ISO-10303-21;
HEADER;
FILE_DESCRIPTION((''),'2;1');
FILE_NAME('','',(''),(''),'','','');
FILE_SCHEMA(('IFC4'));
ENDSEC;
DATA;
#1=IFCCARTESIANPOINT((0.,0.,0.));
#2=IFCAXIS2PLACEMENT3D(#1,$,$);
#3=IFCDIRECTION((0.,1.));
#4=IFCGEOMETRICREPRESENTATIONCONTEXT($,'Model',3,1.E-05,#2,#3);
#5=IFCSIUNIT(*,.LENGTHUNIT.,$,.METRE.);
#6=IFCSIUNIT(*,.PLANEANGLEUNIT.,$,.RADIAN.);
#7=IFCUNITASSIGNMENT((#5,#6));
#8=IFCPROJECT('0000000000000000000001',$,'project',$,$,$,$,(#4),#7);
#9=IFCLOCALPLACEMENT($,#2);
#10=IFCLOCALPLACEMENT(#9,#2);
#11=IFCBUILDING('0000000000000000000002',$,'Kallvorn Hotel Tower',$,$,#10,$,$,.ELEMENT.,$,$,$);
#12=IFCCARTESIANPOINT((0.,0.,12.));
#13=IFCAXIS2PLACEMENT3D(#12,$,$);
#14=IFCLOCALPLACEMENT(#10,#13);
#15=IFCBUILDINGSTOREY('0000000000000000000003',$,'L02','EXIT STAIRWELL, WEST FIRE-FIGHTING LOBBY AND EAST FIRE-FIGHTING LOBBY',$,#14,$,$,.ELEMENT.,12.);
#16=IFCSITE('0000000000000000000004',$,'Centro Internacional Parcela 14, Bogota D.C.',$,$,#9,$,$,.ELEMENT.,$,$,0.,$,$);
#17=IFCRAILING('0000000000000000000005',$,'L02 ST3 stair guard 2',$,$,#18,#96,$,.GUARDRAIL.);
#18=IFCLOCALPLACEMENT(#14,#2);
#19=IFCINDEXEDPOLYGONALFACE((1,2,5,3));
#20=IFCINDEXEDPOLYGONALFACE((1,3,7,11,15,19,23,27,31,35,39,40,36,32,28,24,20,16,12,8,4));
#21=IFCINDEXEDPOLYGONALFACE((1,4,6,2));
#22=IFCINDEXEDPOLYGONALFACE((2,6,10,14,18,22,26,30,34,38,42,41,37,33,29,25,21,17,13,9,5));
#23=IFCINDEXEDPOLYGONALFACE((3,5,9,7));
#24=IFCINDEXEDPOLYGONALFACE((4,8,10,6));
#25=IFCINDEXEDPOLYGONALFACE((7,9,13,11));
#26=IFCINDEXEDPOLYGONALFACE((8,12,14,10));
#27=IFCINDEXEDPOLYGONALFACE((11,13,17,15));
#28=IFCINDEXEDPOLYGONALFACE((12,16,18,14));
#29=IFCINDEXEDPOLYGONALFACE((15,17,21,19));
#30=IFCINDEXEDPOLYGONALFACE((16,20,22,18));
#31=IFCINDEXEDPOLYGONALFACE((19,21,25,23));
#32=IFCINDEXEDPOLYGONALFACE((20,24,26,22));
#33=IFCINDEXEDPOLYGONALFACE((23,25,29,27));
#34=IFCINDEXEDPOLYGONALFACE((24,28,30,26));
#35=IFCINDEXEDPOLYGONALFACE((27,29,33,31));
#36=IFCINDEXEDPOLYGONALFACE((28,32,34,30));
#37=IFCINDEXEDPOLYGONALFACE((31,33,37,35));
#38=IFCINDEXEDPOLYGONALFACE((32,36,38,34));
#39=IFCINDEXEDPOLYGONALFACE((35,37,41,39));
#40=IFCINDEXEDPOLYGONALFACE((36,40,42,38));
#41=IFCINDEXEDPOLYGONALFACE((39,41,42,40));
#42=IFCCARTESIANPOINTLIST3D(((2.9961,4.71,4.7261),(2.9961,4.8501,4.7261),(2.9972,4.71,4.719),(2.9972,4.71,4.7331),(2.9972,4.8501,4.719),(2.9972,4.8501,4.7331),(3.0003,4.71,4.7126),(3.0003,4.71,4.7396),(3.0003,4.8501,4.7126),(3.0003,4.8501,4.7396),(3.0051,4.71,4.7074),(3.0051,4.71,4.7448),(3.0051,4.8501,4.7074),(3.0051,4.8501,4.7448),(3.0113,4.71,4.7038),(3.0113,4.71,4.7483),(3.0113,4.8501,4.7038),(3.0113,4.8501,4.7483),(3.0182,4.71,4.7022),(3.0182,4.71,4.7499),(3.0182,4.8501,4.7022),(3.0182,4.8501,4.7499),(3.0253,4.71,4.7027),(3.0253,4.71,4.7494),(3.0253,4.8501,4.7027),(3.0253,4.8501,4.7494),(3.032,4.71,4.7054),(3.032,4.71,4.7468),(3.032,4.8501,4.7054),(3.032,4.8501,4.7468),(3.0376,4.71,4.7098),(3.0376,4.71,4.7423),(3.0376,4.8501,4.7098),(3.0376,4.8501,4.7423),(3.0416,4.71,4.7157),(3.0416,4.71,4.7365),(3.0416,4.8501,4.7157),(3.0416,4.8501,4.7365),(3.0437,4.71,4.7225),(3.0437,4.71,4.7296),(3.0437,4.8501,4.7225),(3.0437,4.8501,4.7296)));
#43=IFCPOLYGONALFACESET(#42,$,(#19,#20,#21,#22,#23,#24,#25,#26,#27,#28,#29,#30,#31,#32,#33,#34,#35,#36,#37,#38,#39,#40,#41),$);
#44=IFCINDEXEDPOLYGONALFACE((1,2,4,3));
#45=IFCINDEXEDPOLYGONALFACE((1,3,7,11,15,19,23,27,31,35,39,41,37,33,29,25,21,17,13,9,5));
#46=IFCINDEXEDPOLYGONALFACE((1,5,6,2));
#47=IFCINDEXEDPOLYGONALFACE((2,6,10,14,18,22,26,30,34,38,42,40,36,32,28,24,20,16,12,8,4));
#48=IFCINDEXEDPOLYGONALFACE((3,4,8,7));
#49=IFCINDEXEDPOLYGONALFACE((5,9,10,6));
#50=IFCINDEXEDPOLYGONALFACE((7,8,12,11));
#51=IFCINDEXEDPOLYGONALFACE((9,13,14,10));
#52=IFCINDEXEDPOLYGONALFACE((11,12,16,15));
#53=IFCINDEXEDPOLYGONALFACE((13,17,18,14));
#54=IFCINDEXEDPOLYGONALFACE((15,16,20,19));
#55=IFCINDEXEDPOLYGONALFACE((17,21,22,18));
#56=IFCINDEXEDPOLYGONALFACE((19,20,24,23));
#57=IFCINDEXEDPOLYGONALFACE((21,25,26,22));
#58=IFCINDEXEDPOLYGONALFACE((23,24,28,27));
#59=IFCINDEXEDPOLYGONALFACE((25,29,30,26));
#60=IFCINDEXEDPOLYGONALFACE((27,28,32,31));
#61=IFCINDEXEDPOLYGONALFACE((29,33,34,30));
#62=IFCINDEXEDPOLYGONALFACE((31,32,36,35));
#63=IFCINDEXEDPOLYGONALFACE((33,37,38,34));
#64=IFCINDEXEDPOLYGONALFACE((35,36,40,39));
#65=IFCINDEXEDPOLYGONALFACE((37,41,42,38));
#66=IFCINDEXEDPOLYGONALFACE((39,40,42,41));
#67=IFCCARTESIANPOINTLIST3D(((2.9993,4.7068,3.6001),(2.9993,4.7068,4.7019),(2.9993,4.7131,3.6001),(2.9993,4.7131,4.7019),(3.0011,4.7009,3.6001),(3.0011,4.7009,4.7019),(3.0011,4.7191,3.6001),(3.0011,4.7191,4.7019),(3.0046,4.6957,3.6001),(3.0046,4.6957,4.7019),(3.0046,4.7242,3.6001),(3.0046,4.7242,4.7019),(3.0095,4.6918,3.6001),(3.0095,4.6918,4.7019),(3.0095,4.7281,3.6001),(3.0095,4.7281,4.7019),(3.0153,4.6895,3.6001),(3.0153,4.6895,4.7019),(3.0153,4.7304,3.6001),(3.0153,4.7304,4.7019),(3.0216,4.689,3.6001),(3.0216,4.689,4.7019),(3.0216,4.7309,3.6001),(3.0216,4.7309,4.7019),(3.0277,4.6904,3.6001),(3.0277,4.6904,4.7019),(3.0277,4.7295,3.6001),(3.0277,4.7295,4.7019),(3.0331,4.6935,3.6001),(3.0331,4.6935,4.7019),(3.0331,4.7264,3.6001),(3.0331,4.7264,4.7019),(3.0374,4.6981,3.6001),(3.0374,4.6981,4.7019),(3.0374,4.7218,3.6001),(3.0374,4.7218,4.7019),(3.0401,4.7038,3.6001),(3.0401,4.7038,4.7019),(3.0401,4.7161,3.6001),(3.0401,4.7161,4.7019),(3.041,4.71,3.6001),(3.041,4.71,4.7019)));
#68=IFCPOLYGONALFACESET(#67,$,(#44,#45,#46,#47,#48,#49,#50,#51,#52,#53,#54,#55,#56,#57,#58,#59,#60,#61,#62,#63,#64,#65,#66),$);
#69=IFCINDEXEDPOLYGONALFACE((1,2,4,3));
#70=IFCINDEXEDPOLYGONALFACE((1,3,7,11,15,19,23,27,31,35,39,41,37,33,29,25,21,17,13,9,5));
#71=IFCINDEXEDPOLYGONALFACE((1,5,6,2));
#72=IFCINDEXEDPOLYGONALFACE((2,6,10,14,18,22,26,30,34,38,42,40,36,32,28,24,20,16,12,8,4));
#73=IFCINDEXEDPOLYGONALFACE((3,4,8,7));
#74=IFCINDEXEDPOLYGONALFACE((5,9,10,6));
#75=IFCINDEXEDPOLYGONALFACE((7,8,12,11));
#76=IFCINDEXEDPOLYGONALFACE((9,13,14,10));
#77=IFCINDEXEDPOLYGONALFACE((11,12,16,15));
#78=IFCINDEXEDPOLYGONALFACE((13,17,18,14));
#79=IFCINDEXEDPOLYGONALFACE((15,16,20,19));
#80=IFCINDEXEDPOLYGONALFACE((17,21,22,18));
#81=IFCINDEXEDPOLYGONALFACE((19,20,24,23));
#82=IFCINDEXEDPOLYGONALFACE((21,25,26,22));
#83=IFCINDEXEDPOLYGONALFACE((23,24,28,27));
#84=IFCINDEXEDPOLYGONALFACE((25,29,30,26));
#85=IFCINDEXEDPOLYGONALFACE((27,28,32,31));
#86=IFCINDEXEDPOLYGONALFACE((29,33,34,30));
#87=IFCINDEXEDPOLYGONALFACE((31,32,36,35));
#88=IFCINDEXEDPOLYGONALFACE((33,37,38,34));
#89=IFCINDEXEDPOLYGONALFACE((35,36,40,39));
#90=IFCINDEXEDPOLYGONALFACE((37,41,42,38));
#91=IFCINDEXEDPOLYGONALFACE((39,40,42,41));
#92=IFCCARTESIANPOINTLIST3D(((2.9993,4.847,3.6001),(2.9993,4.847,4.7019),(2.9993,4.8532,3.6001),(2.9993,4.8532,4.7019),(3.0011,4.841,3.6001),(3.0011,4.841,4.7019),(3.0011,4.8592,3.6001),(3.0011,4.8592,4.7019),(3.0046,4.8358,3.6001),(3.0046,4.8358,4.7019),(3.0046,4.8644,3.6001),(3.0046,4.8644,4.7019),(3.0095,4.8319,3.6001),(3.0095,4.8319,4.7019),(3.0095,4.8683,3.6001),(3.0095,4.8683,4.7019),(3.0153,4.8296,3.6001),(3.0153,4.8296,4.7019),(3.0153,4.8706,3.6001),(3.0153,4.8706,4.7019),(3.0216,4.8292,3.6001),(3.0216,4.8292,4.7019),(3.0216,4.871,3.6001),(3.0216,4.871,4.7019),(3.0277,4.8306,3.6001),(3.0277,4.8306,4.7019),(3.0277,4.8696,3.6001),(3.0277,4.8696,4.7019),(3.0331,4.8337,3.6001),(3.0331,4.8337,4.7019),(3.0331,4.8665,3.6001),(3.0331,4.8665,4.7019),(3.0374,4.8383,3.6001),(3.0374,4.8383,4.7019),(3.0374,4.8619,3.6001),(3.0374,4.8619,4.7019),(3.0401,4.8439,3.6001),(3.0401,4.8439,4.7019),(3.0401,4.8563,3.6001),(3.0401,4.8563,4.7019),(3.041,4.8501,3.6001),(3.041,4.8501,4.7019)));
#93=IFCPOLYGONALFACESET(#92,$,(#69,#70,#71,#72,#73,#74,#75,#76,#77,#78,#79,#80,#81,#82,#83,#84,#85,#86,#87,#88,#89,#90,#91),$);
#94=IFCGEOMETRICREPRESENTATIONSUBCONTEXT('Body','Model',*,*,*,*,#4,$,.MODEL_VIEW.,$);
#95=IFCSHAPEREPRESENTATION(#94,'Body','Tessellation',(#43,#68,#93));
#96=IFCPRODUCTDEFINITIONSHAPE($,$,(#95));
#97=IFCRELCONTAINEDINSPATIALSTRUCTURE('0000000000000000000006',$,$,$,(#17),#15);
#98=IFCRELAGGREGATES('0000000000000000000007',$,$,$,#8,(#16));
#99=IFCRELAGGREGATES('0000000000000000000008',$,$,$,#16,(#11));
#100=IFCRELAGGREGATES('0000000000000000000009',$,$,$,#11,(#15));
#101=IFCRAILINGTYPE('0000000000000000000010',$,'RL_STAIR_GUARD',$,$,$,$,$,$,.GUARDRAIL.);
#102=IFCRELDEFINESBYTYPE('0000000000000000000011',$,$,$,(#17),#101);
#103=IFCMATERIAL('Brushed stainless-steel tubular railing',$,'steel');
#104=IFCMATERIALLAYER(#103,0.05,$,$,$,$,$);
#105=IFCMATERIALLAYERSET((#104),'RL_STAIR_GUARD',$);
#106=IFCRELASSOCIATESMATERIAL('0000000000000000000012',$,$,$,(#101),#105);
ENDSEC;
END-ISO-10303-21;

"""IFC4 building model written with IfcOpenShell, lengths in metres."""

from ifc_helpers import new_model, si_unit, direction, frame, origin, origin_2d, place, context, subcontext, project, spatial, circle, extrude, material, layer, layer_set, type_object, element, save


model = new_model("IFC4")

# Units and contexts
model_context = context("Model", 3, precision=1e-05, world=origin(), true_north=direction((0.0, 1.0)))
body_context = subcontext(model_context, "Body", "Model", "MODEL_VIEW")
ifc_project = project(units=[si_unit("LENGTHUNIT", "METRE"), si_unit("PLANEANGLEUNIT", "RADIAN")], contexts=[model_context])

# Site, building, storey
site_placement = place(None, origin())
site = spatial("IfcSite", under=ifc_project, at=site_placement, Name="Centro Internacional Parcela 14, Bogota D.C.", CompositionType="ELEMENT", RefElevation=0.0)
building_placement = place(site_placement, origin())
building = spatial("IfcBuilding", under=site, at=building_placement, Name="Kallvorn Hotel Tower", CompositionType="ELEMENT")
storey_placement = place(building_placement, frame((0.0, 0.0, 12.0)))
storey = spatial("IfcBuildingStorey", under=building, at=storey_placement, Name="L02", Description="EXIT STAIRWELL, WEST FIRE-FIGHTING LOBBY AND EAST FIRE-FIGHTING LOBBY", CompositionType="ELEMENT", Elevation=12.0)

# Railing
ifc_material_1 = material(Name="Brushed stainless-steel tubular railing", Category="steel")
ifc_layer_1 = layer(ifc_material_1, 0.05)
ifc_layer_set_1 = layer_set([ifc_layer_1], Name="RL_STAIR_GUARD")
railing_type_1 = type_object("IfcRailingType", Name="RL_STAIR_GUARD", PredefinedType="GUARDRAIL", material=ifc_layer_set_1)
railing_1_placement = place(storey_placement, frame((3.02, 4.71, 3.6001)))
element("IfcRailing", 1, at=railing_1_placement, inside=storey, type_object=railing_type_1, Name="L02 ST3 stair guard 2", PredefinedType="GUARDRAIL", context=body_context, shape_type="SweptSolid", body=[
    extrude(circle(Radius=0.0239, at=origin_2d()), frame((0.0, 0.0, 1.126), z_axis=(0.0, 1.0, 0.0), x_axis=(-1.0, 0.0, 0.0)), (0.0, 0.0, 1.0), 0.1401),
    extrude(circle(Radius=0.021, at=origin_2d()), origin(), (0.0, 0.0, 1.0), 1.1018),
    extrude(circle(Radius=0.021, at=origin_2d()), frame((0.0, 0.1401, 0.0)), (0.0, 0.0, 1.0), 1.1018),
])

save(model, "model.ifc")
